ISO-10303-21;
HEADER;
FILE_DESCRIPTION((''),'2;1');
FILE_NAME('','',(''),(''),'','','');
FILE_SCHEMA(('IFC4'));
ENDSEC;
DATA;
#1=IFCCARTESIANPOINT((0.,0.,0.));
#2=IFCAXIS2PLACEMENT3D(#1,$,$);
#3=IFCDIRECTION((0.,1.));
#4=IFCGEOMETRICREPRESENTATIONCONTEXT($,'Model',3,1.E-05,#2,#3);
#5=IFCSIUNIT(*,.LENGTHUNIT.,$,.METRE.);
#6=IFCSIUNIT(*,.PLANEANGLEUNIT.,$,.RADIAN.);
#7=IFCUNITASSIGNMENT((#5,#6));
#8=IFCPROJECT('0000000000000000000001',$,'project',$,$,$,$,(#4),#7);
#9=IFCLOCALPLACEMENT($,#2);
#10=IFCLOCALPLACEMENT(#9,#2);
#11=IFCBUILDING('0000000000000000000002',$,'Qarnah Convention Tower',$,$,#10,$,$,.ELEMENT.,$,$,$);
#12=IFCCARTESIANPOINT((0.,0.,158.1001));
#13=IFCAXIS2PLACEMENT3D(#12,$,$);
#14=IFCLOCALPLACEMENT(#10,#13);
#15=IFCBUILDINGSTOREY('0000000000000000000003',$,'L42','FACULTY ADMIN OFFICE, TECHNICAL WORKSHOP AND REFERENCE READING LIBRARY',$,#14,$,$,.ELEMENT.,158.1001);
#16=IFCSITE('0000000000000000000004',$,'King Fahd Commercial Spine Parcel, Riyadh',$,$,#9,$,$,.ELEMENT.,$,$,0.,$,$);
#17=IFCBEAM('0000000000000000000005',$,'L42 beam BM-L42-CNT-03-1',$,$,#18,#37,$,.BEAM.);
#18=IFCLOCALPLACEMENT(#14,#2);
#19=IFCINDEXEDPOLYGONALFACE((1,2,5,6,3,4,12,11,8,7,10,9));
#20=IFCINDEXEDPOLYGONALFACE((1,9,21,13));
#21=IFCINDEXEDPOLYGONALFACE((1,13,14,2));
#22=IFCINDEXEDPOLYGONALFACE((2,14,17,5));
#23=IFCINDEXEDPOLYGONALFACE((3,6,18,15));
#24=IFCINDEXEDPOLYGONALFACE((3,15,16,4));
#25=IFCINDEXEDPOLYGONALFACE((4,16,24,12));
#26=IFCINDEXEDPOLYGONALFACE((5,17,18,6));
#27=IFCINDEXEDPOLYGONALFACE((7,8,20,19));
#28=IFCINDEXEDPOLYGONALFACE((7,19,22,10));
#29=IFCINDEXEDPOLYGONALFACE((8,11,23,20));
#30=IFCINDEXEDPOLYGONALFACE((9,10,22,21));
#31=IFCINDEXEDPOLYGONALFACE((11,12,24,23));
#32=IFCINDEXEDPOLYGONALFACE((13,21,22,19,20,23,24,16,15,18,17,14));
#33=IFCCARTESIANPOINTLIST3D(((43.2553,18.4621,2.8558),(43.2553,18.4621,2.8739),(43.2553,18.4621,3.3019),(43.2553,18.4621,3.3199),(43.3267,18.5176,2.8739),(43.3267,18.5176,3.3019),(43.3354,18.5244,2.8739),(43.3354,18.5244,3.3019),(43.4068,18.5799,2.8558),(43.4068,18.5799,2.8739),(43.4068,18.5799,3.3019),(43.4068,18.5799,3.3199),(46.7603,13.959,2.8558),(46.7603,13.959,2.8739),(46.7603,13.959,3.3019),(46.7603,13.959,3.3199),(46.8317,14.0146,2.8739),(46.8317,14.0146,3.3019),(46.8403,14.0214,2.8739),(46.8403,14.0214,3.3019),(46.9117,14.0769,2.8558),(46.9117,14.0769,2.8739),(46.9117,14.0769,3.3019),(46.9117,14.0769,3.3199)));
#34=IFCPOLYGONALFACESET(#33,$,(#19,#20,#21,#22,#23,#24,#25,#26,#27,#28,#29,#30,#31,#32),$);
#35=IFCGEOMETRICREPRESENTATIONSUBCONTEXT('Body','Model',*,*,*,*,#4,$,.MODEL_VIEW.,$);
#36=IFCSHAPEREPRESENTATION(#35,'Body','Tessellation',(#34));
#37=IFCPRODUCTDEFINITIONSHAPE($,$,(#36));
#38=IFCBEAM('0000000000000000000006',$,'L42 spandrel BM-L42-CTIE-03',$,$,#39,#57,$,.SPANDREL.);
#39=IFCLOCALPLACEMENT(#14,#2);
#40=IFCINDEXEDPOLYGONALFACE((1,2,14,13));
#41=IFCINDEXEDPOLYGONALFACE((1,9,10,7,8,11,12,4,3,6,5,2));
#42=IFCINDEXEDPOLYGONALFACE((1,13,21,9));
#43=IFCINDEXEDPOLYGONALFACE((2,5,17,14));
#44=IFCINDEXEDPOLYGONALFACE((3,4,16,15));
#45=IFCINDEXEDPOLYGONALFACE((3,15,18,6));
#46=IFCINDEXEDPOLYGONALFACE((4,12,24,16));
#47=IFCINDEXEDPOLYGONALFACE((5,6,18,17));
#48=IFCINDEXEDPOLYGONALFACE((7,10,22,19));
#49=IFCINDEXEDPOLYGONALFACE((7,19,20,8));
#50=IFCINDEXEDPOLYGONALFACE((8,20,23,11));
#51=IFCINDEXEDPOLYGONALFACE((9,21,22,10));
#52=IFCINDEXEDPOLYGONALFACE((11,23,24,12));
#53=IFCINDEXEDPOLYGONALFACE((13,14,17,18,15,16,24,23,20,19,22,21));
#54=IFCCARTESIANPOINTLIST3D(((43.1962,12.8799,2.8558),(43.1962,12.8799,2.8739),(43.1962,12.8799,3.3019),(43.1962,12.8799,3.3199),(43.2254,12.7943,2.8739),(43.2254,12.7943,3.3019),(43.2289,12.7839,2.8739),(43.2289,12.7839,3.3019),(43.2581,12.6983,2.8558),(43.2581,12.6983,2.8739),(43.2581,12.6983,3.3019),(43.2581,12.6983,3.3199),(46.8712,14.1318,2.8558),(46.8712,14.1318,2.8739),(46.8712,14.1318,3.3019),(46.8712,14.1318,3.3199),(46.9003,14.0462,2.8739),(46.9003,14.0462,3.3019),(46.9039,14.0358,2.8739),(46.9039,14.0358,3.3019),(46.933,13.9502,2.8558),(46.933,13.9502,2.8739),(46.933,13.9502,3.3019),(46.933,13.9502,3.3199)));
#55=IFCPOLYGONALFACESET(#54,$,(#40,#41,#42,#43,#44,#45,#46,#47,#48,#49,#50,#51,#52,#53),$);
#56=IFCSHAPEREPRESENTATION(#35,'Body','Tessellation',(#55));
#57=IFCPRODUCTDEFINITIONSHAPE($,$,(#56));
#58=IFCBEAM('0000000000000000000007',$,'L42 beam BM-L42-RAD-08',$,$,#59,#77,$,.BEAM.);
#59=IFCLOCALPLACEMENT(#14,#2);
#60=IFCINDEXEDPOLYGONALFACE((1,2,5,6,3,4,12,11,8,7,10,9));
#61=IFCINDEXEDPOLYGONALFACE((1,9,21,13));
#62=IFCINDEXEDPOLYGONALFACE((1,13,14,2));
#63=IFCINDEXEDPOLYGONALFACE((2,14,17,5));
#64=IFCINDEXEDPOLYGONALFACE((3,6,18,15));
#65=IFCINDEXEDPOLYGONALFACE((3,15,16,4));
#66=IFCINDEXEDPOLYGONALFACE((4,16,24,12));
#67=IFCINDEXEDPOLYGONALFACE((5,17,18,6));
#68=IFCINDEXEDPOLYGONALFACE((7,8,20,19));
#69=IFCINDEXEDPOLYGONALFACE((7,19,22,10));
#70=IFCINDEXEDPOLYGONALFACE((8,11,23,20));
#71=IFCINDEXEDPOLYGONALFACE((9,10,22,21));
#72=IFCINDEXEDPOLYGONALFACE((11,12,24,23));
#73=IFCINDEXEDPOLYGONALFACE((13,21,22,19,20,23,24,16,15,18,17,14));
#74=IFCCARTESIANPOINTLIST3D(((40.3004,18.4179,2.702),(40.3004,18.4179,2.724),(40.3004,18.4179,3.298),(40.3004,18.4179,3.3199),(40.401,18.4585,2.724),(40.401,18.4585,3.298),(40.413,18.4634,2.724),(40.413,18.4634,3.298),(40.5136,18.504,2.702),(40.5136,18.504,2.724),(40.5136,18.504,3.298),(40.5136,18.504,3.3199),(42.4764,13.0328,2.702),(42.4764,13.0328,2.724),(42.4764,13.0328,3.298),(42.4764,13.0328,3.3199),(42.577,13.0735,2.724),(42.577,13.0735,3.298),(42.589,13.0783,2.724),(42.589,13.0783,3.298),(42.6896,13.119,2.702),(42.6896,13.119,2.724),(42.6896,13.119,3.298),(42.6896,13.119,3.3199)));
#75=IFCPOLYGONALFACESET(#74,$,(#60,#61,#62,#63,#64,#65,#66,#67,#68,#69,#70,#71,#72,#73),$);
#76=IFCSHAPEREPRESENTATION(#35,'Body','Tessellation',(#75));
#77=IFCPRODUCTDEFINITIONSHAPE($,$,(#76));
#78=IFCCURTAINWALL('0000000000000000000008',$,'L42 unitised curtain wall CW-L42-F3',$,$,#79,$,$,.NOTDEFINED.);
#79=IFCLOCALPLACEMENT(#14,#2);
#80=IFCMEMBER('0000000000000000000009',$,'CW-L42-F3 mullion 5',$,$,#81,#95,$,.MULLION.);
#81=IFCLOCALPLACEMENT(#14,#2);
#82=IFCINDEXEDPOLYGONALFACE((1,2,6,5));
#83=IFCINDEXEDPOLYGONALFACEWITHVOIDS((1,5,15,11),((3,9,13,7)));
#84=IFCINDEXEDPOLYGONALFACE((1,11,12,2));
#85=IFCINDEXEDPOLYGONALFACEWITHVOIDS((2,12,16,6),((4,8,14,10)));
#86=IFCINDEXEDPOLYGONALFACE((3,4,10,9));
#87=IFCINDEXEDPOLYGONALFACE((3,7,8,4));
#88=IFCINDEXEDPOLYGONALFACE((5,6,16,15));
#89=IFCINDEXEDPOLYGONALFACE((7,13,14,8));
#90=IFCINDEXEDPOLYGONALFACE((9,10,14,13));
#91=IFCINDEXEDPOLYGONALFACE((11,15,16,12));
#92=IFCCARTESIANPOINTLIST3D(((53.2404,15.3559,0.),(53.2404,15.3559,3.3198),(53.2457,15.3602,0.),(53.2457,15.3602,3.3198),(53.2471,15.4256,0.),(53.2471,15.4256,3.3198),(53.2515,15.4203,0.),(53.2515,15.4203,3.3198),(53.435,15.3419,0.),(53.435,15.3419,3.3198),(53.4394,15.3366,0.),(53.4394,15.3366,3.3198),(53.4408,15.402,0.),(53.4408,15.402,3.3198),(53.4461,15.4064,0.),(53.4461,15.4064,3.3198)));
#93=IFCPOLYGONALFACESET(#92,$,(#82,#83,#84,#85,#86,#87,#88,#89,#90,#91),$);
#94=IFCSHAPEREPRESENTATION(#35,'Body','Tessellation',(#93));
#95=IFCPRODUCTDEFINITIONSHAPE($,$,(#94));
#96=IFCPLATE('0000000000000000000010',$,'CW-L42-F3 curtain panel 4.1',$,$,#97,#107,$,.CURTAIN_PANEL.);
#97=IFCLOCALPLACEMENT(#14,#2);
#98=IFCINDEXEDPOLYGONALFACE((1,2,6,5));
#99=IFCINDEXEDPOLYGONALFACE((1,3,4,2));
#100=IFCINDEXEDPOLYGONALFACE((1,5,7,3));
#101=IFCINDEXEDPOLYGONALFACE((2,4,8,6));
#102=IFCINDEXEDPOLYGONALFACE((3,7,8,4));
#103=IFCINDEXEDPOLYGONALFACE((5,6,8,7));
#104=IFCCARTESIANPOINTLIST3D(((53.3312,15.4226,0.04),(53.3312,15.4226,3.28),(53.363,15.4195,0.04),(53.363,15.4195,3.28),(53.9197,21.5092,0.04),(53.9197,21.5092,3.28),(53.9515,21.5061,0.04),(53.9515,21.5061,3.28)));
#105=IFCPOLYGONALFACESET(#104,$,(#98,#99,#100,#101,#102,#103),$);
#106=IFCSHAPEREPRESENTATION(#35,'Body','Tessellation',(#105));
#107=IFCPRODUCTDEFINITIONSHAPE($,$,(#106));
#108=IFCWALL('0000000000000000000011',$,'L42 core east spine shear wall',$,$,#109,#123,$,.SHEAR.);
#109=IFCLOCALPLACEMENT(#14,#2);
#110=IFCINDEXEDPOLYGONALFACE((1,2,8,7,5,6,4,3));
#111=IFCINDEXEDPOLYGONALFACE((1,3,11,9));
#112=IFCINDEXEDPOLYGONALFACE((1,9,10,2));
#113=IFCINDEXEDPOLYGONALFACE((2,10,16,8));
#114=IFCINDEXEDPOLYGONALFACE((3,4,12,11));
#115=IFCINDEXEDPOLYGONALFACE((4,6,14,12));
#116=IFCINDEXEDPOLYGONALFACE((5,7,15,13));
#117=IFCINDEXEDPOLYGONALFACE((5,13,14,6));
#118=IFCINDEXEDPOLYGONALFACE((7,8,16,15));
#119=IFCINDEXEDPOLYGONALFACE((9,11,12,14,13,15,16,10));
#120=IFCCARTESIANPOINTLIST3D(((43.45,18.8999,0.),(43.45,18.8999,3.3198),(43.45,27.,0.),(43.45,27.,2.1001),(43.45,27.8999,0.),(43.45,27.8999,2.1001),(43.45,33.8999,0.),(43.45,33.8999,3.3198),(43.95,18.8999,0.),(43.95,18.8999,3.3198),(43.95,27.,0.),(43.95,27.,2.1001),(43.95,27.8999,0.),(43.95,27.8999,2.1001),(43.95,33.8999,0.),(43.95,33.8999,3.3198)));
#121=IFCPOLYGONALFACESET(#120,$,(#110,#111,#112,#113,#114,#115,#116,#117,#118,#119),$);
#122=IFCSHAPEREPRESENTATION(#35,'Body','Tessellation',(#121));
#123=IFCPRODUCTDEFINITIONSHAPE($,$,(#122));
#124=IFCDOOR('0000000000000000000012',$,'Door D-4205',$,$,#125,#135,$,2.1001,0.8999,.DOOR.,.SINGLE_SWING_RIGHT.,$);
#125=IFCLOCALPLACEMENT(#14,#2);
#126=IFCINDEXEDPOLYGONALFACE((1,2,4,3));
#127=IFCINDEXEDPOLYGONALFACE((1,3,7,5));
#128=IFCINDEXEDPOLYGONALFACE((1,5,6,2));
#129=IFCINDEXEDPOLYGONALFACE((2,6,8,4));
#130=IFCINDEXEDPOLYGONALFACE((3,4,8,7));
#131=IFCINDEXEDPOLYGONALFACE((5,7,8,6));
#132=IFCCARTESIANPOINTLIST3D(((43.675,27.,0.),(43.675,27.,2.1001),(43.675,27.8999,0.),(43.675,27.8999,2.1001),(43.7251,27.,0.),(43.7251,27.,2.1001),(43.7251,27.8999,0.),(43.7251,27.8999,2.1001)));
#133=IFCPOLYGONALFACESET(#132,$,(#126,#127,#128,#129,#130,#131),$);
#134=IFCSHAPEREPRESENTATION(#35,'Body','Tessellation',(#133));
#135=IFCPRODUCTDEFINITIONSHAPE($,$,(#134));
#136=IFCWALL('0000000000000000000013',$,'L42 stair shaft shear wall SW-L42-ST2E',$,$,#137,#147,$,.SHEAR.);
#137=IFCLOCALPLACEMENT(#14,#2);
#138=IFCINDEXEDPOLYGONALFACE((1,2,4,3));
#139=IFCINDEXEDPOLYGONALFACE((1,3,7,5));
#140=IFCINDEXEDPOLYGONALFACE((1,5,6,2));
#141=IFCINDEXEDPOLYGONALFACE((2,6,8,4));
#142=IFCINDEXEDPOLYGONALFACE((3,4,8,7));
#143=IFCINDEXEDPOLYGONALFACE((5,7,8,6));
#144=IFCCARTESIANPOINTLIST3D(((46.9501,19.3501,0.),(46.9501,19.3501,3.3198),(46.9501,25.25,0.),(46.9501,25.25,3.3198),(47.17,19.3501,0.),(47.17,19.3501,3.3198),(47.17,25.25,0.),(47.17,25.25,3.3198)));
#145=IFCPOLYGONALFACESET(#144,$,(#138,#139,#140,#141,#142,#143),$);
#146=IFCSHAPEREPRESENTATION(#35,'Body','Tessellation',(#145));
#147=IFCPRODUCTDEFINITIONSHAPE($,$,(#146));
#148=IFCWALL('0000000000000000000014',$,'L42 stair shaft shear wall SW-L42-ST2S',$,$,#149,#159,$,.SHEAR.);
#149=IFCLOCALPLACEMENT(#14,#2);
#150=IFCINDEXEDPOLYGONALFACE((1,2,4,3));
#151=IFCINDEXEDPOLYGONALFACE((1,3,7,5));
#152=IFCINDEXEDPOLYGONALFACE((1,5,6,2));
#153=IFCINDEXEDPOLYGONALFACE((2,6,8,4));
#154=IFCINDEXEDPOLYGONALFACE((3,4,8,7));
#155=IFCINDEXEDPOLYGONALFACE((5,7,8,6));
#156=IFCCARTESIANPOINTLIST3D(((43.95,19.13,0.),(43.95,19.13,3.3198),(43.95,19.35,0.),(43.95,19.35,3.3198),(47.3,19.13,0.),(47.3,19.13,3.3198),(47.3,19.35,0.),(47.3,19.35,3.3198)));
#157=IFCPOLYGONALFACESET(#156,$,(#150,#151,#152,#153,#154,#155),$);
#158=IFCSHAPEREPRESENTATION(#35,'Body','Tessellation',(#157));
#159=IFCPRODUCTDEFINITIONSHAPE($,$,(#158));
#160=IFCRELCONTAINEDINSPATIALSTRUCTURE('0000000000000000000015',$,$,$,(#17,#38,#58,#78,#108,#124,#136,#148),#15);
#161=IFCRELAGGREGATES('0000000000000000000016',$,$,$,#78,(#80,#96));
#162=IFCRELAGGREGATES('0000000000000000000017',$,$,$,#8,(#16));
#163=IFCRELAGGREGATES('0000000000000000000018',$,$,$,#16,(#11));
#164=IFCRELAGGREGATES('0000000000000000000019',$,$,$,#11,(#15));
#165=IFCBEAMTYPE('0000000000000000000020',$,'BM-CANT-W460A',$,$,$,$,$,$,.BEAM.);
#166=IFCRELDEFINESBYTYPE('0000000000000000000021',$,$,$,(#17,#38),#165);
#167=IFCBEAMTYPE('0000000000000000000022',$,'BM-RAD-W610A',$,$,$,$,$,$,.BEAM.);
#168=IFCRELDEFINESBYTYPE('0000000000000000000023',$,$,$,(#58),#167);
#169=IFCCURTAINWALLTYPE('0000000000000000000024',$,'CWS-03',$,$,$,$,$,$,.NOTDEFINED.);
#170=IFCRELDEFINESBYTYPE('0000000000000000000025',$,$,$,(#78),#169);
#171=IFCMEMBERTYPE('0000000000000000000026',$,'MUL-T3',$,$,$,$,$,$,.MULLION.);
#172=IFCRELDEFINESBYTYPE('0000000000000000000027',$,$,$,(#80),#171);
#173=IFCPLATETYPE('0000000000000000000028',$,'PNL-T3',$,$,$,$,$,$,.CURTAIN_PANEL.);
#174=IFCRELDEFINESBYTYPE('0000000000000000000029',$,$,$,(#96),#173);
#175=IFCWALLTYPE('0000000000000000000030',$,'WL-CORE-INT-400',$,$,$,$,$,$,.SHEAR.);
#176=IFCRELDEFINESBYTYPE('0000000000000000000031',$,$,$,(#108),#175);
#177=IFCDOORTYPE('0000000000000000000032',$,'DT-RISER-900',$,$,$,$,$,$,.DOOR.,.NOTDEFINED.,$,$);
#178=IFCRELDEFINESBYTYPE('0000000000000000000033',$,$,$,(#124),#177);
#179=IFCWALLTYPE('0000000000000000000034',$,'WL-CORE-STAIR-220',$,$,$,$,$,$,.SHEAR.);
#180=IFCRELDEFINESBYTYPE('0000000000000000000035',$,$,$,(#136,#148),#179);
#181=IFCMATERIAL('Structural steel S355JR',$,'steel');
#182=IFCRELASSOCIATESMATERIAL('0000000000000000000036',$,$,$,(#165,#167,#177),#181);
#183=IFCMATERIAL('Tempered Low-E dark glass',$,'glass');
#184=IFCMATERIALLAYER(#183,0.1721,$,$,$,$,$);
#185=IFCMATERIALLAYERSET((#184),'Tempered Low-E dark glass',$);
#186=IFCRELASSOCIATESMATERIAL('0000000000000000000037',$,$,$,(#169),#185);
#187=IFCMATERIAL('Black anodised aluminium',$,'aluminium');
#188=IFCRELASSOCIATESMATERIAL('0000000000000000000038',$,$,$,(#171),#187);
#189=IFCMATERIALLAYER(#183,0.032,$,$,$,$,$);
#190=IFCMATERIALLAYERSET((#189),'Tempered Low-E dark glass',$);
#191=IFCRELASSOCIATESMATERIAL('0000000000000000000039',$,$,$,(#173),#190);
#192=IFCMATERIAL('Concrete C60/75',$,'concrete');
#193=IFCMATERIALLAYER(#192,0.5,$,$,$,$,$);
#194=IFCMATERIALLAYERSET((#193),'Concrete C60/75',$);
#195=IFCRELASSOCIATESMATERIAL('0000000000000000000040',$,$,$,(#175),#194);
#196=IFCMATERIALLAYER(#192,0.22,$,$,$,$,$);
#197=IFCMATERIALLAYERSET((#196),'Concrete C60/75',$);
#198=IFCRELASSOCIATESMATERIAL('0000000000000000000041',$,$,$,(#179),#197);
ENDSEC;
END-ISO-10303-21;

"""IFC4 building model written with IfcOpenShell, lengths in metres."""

from ifc_helpers import new_model, si_unit, direction, frame, frame_2d, origin, origin_2d, place, context, subcontext, project, spatial, rectangle, hollow_rectangle, i_section, extrude, material, layer, layer_set, material_profile, profile_set, type_object, element, fill, aggregate, save


model = new_model("IFC4")

# Units and contexts
model_context = context("Model", 3, precision=1e-05, world=origin(), true_north=direction((0.0, 1.0)))
body_context = subcontext(model_context, "Body", "Model", "MODEL_VIEW")
ifc_project = project(units=[si_unit("LENGTHUNIT", "METRE"), si_unit("PLANEANGLEUNIT", "RADIAN")], contexts=[model_context])

# Site, building, storey
site_placement = place(None, origin())
site = spatial("IfcSite", under=ifc_project, at=site_placement, Name="King Fahd Commercial Spine Parcel, Riyadh", CompositionType="ELEMENT", RefElevation=0.0)
building_placement = place(site_placement, origin())
building = spatial("IfcBuilding", under=site, at=building_placement, Name="Qarnah Convention Tower", CompositionType="ELEMENT")
storey_placement = place(building_placement, frame((0.0, 0.0, 158.1001)))
storey = spatial("IfcBuildingStorey", under=building, at=storey_placement, Name="L42", Description="FACULTY ADMIN OFFICE, TECHNICAL WORKSHOP AND REFERENCE READING LIBRARY", CompositionType="ELEMENT", Elevation=158.1001)

# Beams
ifc_material_1 = material(Name="Structural steel S355JR", Category="steel")
ifc_material_profile_1 = material_profile(ifc_material_1, i_section(OverallWidth=0.1919, OverallDepth=0.4641, WebThickness=0.011, FlangeThickness=0.0181, at=origin_2d()), Name="W460X89")
ifc_profile_set_1 = profile_set([ifc_material_profile_1], Name="Structural steel S355JR")
beam_type_1 = type_object("IfcBeamType", Name="BM-CANT-W460A", PredefinedType="BEAM", material=ifc_profile_set_1)
beam_1_placement = place(storey_placement, frame((43.3311, 18.521, 3.0879), z_axis=(0.614225, -0.789131, 0.0), x_axis=(0.789131, 0.614225, 0.0)))
element("IfcBeam", 1, at=beam_1_placement, inside=storey, type_object=beam_type_1, Name="L42 beam BM-L42-CNT-03-1", PredefinedType="BEAM", context=body_context, shape_type="SweptSolid", body=[
    extrude(i_section(OverallWidth=0.1919, OverallDepth=0.4641, WebThickness=0.011, FlangeThickness=0.0181, at=origin_2d()), origin(), (0.0, 0.0, 1.0), 5.7063),
])
beam_2_placement = place(storey_placement, frame((46.9021, 14.041, 3.0879), z_axis=(-0.946581, -0.322465, 0.0), x_axis=(0.322465, -0.946581, 0.0)))
element("IfcBeam", 2, at=beam_2_placement, inside=storey, type_object=beam_type_1, Name="L42 spandrel BM-L42-CTIE-03", PredefinedType="SPANDREL", context=body_context, shape_type="SweptSolid", body=[
    extrude(i_section(OverallWidth=0.1919, OverallDepth=0.4641, WebThickness=0.011, FlangeThickness=0.0181, at=origin_2d()), origin(), (0.0, 0.0, 1.0), 3.8823),
])
ifc_material_profile_2 = material_profile(ifc_material_1, i_section(OverallWidth=0.23, OverallDepth=0.6179, WebThickness=0.0129, FlangeThickness=0.022, at=origin_2d()), Name="W610X140")
ifc_profile_set_2 = profile_set([ifc_material_profile_2], Name="Structural steel S355JR")
beam_type_2 = type_object("IfcBeamType", Name="BM-RAD-W610A", PredefinedType="BEAM", material=ifc_profile_set_2)
beam_3_placement = place(storey_placement, frame((40.407, 18.4609, 3.011), z_axis=(0.374657, -0.927164, 0.0), x_axis=(0.927164, 0.374657, 0.0)))
element("IfcBeam", 3, at=beam_3_placement, inside=storey, type_object=beam_type_2, Name="L42 beam BM-L42-RAD-08", PredefinedType="BEAM", context=body_context, shape_type="SweptSolid", body=[
    extrude(i_section(OverallWidth=0.23, OverallDepth=0.6179, WebThickness=0.0129, FlangeThickness=0.022, at=origin_2d()), origin(), (0.0, 0.0, 1.0), 5.8081),
])

# Curtain wall, member, plate
ifc_material_2 = material(Name="Tempered Low-E dark glass", Category="glass")
ifc_layer_1 = layer(ifc_material_2, 0.1721)
ifc_layer_set_1 = layer_set([ifc_layer_1], Name="Tempered Low-E dark glass")
curtain_wall_type = type_object("IfcCurtainWallType", Name="CWS-03", PredefinedType="NOTDEFINED", material=ifc_layer_set_1)
curtain_wall_placement = place(storey_placement, origin())
curtain_wall = element("IfcCurtainWall", 4, at=curtain_wall_placement, inside=storey, type_object=curtain_wall_type, Name="L42 unitised curtain wall CW-L42-F3", PredefinedType="NOTDEFINED")
ifc_material_3 = material(Name="Black anodised aluminium", Category="aluminium")
ifc_material_profile_3 = material_profile(ifc_material_3, hollow_rectangle(XDim=0.0701, YDim=0.2, WallThickness=0.0049, at=origin_2d()), Name="MUL-70X200")
ifc_profile_set_3 = profile_set([ifc_material_profile_3], Name="Black anodised aluminium")
member_type = type_object("IfcMemberType", Name="MUL-T3", PredefinedType="MULLION", material=ifc_profile_set_3)
member_placement = place(storey_placement, frame((53.3433, 15.3811, 0.0), z_axis=(0.0, 0.0, 1.0), x_axis=(-0.09624, -0.995358, 0.0)))
member = element("IfcMember", 5, at=member_placement, type_object=member_type, Name="CW-L42-F3 mullion 5", PredefinedType="MULLION", context=body_context, shape_type="SweptSolid", body=[
    extrude(hollow_rectangle(XDim=0.0701, YDim=0.2, WallThickness=0.0049, at=origin_2d()), origin(), (0.0, 0.0, 1.0), 3.3198),
])
ifc_layer_2 = layer(ifc_material_2, 0.032)
ifc_layer_set_2 = layer_set([ifc_layer_2], Name="Tempered Low-E dark glass")
plate_type = type_object("IfcPlateType", Name="PNL-T3", PredefinedType="CURTAIN_PANEL", material=ifc_layer_set_2)
plate_placement = place(storey_placement, frame((53.6414, 18.4644, 0.04), z_axis=(0.0, 0.0, 1.0), x_axis=(-0.09624, -0.995358, 0.0)))
plate = element("IfcPlate", 6, at=plate_placement, type_object=plate_type, Name="CW-L42-F3 curtain panel 4.1", PredefinedType="CURTAIN_PANEL", context=body_context, shape_type="SweptSolid", body=[
    extrude(rectangle(XDim=6.115, YDim=0.032, at=origin_2d()), origin(), (0.0, 0.0, 1.0), 3.24),
])
aggregate(curtain_wall, [member, plate])

# Shared definitions
ifc_material_4 = material(Name="Concrete C60/75", Category="concrete")
door_type_1 = type_object("IfcDoorType", Name="DT-RISER-900", OperationType="NOTDEFINED", PredefinedType="DOOR", material=ifc_material_1)

# Wall, opening, door
ifc_layer_3 = layer(ifc_material_4, 0.5)
ifc_layer_set_3 = layer_set([ifc_layer_3], Name="Concrete C60/75")
wall_type_1 = type_object("IfcWallType", Name="WL-CORE-INT-400", PredefinedType="SHEAR", material=ifc_layer_set_3)
wall_1_placement = place(storey_placement, frame((43.7, 18.8999, 0.0), z_axis=(0.0, 0.0, 1.0), x_axis=(0.0, 1.0, 0.0)))
wall_1 = element("IfcWall", 7, at=wall_1_placement, inside=storey, type_object=wall_type_1, Name="L42 core east spine shear wall", PredefinedType="SHEAR", context=body_context, shape_type="SweptSolid", body=[
    extrude(rectangle(XDim=15.0, YDim=0.5, at=frame_2d((7.5, 0.0))), origin(), (0.0, 0.0, 1.0), 3.3198),
])
opening_1_placement = place(wall_1_placement, frame((8.1001, 0.0, 0.0)))
opening_1 = element("IfcOpeningElement", 8, at=opening_1_placement, cuts=wall_1, PredefinedType="OPENING", context=body_context, shape_type="SweptSolid", body=[
    extrude(rectangle(XDim=0.8999, YDim=2.1001, at=frame_2d((0.45, 1.05))), frame((0.0, 0.26, 0.0), z_axis=(0.0, -1.0, 0.0), x_axis=(1.0, 0.0, 0.0)), (0.0, 0.0, 1.0), 0.52),
])
door_1_placement = place(opening_1_placement, origin())
door_1 = element("IfcDoor", 9, at=door_1_placement, inside=storey, type_object=door_type_1, Name="Door D-4205", OperationType="SINGLE_SWING_RIGHT", OverallHeight=2.1001, OverallWidth=0.8999, PredefinedType="DOOR", context=body_context, shape_type="SweptSolid", body=[
    extrude(rectangle(XDim=0.8999, YDim=2.1001, at=frame_2d((0.45, 1.05))), frame((0.0, 0.0249, 0.0), z_axis=(0.0, -1.0, 0.0), x_axis=(1.0, 0.0, 0.0)), (0.0, 0.0, 1.0), 0.05),
])
fill(opening_1, door_1)

# Walls
ifc_layer_4 = layer(ifc_material_4, 0.22)
ifc_layer_set_4 = layer_set([ifc_layer_4], Name="Concrete C60/75")
wall_type_2 = type_object("IfcWallType", Name="WL-CORE-STAIR-220", PredefinedType="SHEAR", material=ifc_layer_set_4)
wall_2_placement = place(storey_placement, frame((47.0601, 19.3501, 0.0), z_axis=(0.0, 0.0, 1.0), x_axis=(0.0, 1.0, 0.0)))
element("IfcWall", 10, at=wall_2_placement, inside=storey, type_object=wall_type_2, Name="L42 stair shaft shear wall SW-L42-ST2E", PredefinedType="SHEAR", context=body_context, shape_type="SweptSolid", body=[
    extrude(rectangle(XDim=5.8999, YDim=0.22, at=frame_2d((2.95, 0.0))), origin(), (0.0, 0.0, 1.0), 3.3198),
])
wall_3_placement = place(storey_placement, frame((43.95, 19.24, 0.0), z_axis=(0.0, 0.0, 1.0), x_axis=(1.0, 0.0, 0.0)))
element("IfcWall", 11, at=wall_3_placement, inside=storey, type_object=wall_type_2, Name="L42 stair shaft shear wall SW-L42-ST2S", PredefinedType="SHEAR", context=body_context, shape_type="SweptSolid", body=[
    extrude(rectangle(XDim=3.3501, YDim=0.22, at=frame_2d((1.675, 0.0))), origin(), (0.0, 0.0, 1.0), 3.3198),
])

save(model, "model.ifc")
